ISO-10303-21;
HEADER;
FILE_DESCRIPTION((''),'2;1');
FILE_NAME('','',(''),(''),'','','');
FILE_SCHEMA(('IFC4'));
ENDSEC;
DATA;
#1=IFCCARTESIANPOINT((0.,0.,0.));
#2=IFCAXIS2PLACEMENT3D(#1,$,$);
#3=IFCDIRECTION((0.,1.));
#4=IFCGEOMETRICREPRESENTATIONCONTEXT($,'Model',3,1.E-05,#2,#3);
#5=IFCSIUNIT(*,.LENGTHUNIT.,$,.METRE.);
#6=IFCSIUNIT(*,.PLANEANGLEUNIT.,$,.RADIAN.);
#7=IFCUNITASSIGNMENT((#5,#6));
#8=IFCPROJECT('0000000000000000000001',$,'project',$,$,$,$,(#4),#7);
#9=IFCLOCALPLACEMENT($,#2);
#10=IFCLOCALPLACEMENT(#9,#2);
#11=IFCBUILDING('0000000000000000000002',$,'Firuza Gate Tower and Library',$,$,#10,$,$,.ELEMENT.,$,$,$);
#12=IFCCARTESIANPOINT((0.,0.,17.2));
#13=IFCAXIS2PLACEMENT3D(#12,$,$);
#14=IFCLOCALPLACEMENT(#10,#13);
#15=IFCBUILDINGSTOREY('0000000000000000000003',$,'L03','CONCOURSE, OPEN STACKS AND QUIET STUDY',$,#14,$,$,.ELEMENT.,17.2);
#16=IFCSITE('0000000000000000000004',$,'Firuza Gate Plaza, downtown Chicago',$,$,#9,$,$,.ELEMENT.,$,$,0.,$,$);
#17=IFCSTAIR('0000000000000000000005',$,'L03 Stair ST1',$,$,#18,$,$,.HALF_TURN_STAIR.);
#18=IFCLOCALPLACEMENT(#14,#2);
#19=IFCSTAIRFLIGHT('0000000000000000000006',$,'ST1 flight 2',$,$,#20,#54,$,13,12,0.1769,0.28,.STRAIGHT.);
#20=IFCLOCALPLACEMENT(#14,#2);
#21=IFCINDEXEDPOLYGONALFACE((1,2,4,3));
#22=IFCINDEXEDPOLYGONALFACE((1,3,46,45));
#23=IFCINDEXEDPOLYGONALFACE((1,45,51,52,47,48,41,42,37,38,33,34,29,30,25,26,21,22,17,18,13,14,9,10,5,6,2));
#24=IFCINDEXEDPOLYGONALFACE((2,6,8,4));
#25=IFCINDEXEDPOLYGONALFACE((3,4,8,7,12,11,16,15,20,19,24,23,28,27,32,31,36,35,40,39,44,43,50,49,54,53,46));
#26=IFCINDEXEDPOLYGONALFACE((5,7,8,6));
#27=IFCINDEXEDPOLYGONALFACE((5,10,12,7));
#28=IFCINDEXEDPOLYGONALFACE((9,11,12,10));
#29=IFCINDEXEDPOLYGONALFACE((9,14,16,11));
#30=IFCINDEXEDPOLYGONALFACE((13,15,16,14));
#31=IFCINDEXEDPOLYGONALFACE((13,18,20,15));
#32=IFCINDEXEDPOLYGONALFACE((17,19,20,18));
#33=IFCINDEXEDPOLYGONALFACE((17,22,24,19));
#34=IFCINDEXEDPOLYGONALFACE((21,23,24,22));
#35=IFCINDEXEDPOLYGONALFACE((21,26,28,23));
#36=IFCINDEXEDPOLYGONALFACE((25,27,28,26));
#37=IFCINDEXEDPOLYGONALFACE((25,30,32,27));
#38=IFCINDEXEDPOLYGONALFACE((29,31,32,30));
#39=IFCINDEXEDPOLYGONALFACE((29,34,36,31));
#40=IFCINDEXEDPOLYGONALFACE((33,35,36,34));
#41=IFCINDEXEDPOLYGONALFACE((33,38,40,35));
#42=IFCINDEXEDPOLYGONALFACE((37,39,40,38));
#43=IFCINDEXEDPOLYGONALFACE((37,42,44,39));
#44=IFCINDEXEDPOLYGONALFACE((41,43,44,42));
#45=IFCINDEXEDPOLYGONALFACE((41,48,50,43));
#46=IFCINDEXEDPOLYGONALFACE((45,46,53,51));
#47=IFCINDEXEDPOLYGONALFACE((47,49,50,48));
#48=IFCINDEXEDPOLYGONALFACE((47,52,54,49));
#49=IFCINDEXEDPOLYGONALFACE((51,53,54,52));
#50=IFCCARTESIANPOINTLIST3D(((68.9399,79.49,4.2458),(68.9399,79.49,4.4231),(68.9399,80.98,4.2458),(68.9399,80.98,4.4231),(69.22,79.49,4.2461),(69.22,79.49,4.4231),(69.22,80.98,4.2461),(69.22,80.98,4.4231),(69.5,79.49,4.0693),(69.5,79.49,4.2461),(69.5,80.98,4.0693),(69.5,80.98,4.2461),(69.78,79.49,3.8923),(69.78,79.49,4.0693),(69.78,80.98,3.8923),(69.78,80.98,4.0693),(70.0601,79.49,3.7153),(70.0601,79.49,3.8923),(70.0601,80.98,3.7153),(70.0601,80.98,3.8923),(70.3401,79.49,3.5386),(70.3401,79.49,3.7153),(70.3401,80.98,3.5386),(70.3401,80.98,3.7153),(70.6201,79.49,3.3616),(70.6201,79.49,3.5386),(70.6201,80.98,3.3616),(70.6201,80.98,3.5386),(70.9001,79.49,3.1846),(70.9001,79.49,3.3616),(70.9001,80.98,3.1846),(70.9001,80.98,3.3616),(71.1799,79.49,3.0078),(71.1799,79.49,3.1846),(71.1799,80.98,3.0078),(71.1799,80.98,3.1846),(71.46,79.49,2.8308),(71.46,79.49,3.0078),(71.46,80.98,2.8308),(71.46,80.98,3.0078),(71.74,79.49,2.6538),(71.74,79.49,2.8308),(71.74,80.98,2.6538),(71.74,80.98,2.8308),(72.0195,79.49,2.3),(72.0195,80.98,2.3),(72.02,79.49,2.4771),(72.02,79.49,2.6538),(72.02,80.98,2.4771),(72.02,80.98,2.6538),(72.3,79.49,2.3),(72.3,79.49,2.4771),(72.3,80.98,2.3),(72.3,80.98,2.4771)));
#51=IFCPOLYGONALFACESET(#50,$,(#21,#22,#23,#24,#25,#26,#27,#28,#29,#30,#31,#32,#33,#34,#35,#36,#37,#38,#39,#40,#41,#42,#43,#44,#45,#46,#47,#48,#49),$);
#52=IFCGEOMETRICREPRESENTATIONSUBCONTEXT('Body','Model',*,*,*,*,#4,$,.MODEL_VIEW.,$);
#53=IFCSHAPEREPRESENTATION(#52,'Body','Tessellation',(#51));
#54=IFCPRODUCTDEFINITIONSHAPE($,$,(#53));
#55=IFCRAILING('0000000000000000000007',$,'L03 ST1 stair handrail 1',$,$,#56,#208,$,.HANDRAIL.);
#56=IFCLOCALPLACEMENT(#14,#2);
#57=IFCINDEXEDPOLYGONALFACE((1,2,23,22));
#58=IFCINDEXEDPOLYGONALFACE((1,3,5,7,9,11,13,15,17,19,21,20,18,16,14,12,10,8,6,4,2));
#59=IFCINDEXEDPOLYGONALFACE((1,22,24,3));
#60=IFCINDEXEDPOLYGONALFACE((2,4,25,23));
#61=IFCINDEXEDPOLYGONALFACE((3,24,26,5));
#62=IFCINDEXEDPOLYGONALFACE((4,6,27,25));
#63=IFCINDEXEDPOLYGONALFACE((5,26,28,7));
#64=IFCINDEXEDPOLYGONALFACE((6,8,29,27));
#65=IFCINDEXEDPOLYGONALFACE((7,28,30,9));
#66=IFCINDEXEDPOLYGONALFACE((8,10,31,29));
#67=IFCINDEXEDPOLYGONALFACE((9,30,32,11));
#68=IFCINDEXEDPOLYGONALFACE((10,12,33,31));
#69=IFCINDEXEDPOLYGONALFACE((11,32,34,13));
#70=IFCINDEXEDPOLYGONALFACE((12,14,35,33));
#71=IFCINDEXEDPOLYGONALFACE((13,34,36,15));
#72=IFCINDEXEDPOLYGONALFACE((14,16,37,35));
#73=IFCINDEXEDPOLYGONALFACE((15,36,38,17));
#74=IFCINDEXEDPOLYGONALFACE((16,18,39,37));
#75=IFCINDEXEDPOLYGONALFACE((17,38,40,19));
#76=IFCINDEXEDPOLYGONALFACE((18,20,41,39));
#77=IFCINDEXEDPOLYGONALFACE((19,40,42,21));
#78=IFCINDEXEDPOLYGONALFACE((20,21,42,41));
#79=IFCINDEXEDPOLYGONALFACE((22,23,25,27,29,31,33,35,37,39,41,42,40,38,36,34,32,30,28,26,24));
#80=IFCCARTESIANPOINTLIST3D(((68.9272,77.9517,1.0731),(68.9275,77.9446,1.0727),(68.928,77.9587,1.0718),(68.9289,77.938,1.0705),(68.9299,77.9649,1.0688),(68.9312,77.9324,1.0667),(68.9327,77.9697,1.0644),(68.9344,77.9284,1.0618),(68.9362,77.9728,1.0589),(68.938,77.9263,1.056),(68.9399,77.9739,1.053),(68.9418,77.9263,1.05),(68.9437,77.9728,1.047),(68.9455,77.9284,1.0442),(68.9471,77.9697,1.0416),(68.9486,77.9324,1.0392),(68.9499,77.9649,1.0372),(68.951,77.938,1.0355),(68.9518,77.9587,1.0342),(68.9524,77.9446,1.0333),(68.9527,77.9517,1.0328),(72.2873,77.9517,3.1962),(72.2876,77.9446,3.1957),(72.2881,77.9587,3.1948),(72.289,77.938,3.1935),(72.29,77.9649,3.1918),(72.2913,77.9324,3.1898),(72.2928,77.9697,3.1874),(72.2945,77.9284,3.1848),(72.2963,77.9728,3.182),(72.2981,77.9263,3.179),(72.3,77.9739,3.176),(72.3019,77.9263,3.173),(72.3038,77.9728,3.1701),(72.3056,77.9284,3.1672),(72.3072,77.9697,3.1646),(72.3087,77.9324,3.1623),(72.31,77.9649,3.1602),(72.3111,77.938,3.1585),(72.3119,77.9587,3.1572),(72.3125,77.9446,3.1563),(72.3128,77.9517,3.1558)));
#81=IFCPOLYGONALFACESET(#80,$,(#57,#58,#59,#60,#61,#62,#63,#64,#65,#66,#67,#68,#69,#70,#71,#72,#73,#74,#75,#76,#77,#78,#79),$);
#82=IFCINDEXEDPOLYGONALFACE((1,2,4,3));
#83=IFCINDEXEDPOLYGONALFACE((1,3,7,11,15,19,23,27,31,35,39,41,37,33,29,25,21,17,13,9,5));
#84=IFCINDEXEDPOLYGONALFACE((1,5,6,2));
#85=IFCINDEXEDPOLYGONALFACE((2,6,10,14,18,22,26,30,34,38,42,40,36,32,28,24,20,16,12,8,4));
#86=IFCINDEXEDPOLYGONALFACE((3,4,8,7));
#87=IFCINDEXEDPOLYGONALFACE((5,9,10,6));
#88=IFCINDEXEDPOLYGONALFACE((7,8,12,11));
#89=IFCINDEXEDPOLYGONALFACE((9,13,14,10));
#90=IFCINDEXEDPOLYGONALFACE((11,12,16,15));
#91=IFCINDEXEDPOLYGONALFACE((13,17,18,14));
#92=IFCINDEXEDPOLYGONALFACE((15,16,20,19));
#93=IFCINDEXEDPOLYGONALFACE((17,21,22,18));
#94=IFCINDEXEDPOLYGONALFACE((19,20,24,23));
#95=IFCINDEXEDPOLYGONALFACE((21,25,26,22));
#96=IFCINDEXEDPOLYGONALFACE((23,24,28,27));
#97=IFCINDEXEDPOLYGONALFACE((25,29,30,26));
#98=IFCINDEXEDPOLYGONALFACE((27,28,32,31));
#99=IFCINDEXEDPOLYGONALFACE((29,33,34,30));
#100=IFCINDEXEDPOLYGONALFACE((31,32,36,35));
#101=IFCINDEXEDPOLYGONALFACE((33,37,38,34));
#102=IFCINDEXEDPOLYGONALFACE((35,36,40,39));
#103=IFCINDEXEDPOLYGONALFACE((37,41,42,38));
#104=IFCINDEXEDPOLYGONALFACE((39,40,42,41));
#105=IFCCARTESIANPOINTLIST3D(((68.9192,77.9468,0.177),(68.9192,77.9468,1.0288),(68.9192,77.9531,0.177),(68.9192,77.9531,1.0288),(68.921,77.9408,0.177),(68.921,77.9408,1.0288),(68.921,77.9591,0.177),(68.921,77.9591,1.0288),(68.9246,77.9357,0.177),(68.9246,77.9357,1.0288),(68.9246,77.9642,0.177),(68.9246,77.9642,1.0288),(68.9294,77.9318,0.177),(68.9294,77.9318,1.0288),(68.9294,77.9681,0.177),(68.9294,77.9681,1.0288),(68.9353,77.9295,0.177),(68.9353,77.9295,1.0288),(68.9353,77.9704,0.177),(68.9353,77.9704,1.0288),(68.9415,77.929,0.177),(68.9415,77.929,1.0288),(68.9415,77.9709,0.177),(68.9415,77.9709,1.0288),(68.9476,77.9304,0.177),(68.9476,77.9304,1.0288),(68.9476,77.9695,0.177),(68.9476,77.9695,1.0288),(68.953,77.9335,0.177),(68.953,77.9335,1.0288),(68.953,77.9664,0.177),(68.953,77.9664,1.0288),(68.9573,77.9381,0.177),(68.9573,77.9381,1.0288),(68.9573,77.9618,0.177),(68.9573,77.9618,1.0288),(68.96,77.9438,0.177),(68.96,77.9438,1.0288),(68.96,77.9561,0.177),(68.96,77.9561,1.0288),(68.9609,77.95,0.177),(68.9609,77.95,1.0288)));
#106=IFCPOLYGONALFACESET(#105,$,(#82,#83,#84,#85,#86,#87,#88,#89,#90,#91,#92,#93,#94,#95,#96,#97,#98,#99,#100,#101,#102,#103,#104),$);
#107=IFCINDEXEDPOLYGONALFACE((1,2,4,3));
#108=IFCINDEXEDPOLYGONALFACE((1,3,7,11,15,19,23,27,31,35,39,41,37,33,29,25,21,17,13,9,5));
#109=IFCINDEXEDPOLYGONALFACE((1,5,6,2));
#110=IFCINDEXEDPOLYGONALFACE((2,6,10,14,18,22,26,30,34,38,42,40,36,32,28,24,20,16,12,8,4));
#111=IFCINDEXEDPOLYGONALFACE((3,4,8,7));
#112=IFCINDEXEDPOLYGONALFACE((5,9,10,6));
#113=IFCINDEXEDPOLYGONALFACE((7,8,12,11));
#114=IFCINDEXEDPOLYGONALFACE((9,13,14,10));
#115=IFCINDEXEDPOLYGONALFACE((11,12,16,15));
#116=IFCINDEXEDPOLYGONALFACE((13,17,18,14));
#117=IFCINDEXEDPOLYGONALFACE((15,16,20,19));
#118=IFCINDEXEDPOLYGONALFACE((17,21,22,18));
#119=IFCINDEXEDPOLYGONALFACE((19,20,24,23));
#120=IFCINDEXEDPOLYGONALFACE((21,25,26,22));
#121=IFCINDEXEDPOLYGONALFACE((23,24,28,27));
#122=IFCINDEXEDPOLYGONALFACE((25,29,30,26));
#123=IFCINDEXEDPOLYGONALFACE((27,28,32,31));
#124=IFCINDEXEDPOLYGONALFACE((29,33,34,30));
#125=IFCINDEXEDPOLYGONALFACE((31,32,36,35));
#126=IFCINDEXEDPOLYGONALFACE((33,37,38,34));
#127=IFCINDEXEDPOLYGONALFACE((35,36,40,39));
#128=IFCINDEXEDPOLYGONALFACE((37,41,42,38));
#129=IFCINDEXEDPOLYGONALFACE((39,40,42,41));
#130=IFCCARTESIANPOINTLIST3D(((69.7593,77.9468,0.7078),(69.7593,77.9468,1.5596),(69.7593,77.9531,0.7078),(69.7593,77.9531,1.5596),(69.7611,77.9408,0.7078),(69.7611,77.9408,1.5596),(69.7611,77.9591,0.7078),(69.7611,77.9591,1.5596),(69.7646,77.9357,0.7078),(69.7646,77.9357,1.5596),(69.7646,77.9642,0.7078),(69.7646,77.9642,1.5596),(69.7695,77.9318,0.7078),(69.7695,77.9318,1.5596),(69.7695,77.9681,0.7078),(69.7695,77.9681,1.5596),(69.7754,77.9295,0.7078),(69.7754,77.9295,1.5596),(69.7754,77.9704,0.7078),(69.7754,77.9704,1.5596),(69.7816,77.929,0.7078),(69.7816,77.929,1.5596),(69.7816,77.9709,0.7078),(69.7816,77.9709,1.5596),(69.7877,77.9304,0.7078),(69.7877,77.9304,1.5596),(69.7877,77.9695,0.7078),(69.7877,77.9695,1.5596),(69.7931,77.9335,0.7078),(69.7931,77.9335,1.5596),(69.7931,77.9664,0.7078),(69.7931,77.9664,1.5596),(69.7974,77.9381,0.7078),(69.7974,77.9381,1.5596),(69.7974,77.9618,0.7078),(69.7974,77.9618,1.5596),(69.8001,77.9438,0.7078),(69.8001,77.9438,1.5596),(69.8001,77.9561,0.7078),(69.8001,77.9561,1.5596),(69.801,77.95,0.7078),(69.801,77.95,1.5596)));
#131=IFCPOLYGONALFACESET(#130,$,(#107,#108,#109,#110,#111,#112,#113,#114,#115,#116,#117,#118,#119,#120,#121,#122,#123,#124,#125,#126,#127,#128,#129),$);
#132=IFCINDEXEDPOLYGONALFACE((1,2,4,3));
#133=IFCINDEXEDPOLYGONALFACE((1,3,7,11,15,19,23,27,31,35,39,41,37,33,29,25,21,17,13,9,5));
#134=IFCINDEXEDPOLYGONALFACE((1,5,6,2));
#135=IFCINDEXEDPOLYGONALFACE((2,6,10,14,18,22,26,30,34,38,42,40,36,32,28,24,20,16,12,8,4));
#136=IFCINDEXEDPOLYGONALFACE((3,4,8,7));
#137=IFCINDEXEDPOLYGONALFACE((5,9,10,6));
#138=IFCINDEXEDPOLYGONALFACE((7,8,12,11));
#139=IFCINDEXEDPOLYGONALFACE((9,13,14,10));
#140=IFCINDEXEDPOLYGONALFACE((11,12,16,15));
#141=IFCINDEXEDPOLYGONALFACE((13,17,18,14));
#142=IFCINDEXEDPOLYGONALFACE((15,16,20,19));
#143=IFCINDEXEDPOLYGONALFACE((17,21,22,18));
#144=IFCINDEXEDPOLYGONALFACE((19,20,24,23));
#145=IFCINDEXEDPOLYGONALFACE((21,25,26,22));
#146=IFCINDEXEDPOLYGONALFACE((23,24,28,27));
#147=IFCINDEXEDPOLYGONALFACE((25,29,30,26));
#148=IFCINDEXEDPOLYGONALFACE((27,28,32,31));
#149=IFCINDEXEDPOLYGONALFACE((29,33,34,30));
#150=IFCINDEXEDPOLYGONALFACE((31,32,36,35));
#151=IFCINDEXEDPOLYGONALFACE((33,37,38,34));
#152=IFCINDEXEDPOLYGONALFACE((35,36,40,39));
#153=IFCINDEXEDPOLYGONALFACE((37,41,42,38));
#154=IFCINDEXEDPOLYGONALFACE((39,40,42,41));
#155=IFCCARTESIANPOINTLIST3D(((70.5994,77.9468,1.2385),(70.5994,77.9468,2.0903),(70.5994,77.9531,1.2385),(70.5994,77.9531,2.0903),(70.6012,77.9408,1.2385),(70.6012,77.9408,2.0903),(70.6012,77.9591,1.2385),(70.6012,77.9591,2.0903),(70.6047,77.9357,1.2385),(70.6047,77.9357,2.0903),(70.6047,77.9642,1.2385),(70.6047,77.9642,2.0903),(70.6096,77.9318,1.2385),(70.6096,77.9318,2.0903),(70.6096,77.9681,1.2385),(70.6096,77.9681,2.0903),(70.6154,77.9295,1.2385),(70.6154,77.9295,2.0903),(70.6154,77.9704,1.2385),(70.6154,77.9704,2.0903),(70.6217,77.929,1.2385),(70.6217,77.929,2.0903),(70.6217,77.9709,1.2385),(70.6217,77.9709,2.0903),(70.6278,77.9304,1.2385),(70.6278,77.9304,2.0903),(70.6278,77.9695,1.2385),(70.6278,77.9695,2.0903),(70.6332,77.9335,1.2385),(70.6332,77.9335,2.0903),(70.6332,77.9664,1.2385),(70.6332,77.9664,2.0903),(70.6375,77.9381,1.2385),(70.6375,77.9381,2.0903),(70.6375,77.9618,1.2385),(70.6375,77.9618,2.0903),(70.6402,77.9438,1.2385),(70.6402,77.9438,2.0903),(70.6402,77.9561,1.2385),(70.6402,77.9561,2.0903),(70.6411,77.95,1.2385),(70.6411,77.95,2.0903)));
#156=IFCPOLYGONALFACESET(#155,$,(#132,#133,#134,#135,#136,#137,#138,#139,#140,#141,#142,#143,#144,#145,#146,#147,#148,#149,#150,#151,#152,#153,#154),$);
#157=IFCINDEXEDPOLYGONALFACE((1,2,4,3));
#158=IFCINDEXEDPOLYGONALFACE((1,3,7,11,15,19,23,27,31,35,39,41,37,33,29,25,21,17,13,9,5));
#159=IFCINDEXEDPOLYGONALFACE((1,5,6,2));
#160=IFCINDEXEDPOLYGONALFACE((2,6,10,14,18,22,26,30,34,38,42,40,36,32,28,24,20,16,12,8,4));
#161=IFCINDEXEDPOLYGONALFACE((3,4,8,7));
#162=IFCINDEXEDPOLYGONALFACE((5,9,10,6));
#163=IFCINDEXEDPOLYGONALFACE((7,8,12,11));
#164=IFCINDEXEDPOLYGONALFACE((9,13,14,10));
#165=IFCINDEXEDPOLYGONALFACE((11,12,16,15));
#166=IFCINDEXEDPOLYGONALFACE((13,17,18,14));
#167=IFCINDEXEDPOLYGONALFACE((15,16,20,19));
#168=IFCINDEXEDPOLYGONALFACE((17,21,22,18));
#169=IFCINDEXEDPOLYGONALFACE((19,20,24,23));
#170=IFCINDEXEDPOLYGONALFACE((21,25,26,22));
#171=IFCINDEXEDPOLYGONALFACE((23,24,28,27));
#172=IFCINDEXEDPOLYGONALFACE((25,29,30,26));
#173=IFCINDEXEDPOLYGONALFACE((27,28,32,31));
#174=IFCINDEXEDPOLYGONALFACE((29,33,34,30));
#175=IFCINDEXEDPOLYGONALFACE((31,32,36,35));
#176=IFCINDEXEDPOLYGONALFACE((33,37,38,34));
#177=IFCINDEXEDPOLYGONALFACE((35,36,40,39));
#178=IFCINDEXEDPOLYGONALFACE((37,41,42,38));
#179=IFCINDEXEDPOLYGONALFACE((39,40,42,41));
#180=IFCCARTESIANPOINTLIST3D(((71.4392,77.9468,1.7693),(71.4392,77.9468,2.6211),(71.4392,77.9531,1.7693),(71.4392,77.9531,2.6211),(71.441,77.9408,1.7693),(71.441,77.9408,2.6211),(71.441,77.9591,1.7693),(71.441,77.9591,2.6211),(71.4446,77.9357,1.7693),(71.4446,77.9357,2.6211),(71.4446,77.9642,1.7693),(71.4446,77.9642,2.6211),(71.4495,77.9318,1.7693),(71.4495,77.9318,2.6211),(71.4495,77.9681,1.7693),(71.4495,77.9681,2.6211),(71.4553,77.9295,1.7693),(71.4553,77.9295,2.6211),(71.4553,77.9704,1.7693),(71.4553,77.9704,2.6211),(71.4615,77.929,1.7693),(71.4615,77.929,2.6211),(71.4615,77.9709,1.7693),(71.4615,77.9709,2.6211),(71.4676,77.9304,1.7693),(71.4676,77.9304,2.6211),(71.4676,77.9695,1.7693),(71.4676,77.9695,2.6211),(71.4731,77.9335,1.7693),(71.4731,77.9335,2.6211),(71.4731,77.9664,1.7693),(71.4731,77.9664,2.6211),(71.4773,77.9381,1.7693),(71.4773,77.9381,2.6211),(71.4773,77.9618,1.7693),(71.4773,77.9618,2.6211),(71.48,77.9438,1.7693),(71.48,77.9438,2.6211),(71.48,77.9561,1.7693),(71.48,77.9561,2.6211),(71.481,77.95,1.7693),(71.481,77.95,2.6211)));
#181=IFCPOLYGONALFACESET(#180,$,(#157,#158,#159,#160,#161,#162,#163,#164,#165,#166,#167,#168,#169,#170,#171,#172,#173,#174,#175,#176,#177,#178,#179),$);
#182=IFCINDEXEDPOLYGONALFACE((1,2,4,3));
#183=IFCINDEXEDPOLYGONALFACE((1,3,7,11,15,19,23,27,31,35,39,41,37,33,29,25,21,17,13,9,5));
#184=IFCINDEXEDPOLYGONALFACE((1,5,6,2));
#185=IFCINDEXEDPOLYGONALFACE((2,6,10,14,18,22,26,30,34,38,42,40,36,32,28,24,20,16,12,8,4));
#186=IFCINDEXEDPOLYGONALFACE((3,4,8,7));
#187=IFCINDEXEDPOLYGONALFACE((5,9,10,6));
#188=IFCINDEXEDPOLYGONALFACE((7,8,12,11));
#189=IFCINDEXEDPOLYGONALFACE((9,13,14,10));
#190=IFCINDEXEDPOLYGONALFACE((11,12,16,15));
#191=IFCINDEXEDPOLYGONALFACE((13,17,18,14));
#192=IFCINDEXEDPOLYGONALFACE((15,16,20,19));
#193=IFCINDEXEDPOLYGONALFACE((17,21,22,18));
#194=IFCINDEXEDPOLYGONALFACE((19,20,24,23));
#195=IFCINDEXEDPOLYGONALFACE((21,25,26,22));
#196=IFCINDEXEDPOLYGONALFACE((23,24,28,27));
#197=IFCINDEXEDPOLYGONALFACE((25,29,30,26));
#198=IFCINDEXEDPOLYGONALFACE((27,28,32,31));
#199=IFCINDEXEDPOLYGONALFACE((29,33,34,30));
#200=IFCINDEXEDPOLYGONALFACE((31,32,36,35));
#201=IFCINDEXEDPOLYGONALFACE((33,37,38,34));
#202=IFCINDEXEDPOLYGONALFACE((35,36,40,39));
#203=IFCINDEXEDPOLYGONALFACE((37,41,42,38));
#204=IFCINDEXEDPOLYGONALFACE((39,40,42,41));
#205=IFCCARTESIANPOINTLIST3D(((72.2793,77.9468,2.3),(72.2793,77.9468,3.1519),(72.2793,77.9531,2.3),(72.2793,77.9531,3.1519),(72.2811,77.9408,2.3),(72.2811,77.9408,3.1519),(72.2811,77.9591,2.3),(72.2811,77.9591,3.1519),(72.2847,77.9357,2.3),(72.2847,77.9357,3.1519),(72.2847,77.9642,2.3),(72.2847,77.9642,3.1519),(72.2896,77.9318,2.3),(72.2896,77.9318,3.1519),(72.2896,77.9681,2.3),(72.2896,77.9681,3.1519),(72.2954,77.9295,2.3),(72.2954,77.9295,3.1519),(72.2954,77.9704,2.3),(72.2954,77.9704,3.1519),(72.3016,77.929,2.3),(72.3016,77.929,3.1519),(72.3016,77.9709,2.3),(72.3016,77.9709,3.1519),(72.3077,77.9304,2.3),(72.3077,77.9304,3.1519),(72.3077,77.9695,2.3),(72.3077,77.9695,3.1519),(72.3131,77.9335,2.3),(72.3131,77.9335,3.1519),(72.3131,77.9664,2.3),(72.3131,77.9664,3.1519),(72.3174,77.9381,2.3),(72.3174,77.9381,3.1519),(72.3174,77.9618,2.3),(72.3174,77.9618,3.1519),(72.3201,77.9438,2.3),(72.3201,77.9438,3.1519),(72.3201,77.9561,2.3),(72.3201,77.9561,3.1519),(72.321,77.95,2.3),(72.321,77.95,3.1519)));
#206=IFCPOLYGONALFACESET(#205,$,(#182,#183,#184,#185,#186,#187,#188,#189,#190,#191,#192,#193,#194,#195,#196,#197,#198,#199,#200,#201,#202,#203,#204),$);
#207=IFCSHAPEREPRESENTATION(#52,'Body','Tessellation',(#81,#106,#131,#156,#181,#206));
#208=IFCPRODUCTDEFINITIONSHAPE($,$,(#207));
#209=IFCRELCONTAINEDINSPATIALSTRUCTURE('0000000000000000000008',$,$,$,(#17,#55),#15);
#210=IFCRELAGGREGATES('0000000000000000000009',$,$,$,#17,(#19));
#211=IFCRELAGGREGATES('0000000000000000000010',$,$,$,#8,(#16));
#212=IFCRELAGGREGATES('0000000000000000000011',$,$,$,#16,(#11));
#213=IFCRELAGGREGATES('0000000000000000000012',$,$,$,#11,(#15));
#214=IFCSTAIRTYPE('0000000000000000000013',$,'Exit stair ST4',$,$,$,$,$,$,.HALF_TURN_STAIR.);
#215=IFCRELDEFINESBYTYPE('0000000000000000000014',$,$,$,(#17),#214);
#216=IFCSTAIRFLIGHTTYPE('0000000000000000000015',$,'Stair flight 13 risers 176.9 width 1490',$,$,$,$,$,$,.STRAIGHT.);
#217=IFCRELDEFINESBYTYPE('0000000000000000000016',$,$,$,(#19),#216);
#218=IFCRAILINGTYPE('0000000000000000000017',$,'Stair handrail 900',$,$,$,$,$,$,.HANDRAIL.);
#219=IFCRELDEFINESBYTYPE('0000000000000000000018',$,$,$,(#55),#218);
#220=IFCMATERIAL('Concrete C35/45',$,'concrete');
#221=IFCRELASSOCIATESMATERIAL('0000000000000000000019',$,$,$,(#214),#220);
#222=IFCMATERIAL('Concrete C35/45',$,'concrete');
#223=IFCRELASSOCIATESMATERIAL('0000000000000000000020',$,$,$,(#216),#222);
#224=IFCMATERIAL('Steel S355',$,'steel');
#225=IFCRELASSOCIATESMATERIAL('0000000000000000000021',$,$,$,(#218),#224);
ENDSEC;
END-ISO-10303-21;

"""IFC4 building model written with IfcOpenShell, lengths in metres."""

from ifc_helpers import new_model, si_unit, direction, frame, origin, origin_2d, place, context, subcontext, project, spatial, polyline, circle, outline, extrude, material, type_object, element, aggregate, save


model = new_model("IFC4")

# Units and contexts
model_context = context("Model", 3, precision=1e-05, world=origin(), true_north=direction((0.0, 1.0)))
body_context = subcontext(model_context, "Body", "Model", "MODEL_VIEW")
ifc_project = project(units=[si_unit("LENGTHUNIT", "METRE"), si_unit("PLANEANGLEUNIT", "RADIAN")], contexts=[model_context])

# Site, building, storey
site_placement = place(None, origin())
site = spatial("IfcSite", under=ifc_project, at=site_placement, Name="Firuza Gate Plaza, downtown Chicago", CompositionType="ELEMENT", RefElevation=0.0)
building_placement = place(site_placement, origin())
building = spatial("IfcBuilding", under=site, at=building_placement, Name="Firuza Gate Tower and Library", CompositionType="ELEMENT")
storey_placement = place(building_placement, frame((0.0, 0.0, 17.2)))
storey = spatial("IfcBuildingStorey", under=building, at=storey_placement, Name="L03", Description="CONCOURSE, OPEN STACKS AND QUIET STUDY", CompositionType="ELEMENT", Elevation=17.2)

# Stair, stair flight
ifc_material_1 = material(Name="Concrete C35/45", Category="concrete")
stair_type = type_object("IfcStairType", Name="Exit stair ST4", PredefinedType="HALF_TURN_STAIR", material=ifc_material_1)
stair_placement = place(storey_placement, origin())
stair = element("IfcStair", 1, at=stair_placement, inside=storey, type_object=stair_type, Name="L03 Stair ST1", PredefinedType="HALF_TURN_STAIR")
ifc_material_2 = material(Name="Concrete C35/45", Category="concrete")
stair_flight_type = type_object("IfcStairFlightType", Name="Stair flight 13 risers 176.9 width 1490", PredefinedType="STRAIGHT", material=ifc_material_2)
stair_flight_1_placement = place(storey_placement, frame((72.3, 80.2351, 2.3), z_axis=(0.0, 0.0, 1.0), x_axis=(-1.0, 0.0, 0.0)))
stair_flight_1 = element("IfcStairFlight", 2, at=stair_flight_1_placement, type_object=stair_flight_type, Name="ST1 flight 2", NumberOfRisers=13, NumberOfTreads=12, PredefinedType="STRAIGHT", RiserHeight=0.1769, TreadLength=0.28, context=body_context, shape_type="SweptSolid", body=[
    extrude(outline(polyline([(0.0, 0.0), (0.0, 0.177), (0.28, 0.177), (0.28, 0.3538), (0.5601, 0.3538), (0.5601, 0.5308), (0.8401, 0.5308), (0.8401, 0.7078), (1.1201, 0.7078), (1.1201, 0.8845), (1.3999, 0.8845), (1.3999, 1.0615), (1.6799, 1.0615), (1.6799, 1.2385), (1.96, 1.2385), (1.96, 1.4153), (2.24, 1.4153), (2.24, 1.5923), (2.52, 1.5923), (2.52, 1.7693), (2.8, 1.7693), (2.8, 1.946), (3.0801, 1.946), (3.0801, 2.123), (3.3601, 2.123), (3.3601, 2.3), (3.3601, 1.9458), (0.2805, 0.0), (0.0, 0.0)])), frame((0.0, 0.7451, 0.0), z_axis=(0.0, -1.0, 0.0), x_axis=(1.0, 0.0, 0.0)), (0.0, 0.0, 1.0), 1.49),
])
aggregate(stair, [stair_flight_1])

# Railing
ifc_material_3 = material(Name="Steel S355", Category="steel")
railing_type_1 = type_object("IfcRailingType", Name="Stair handrail 900", PredefinedType="HANDRAIL", material=ifc_material_3)
railing_1_placement = place(storey_placement, frame((68.9399, 77.95, 0.177)))
element("IfcRailing", 3, at=railing_1_placement, inside=storey, type_object=railing_type_1, Name="L03 ST1 stair handrail 1", PredefinedType="HANDRAIL", context=body_context, shape_type="SweptSolid", body=[
    extrude(circle(Radius=0.0239, at=origin_2d()), frame((0.0, 0.0, 0.876), z_axis=(0.84539, 0.0, 0.53415), x_axis=(0.0, 1.0, 0.0)), (0.0, 0.0, 1.0), 3.9746),
    extrude(circle(Radius=0.021, at=origin_2d()), origin(), (0.0, 0.0, 1.0), 0.8518),
    extrude(circle(Radius=0.021, at=origin_2d()), frame((0.8401, 0.0, 0.5308)), (0.0, 0.0, 1.0), 0.8518),
    extrude(circle(Radius=0.021, at=origin_2d()), frame((1.6802, 0.0, 1.0615)), (0.0, 0.0, 1.0), 0.8518),
    extrude(circle(Radius=0.021, at=origin_2d()), frame((2.52, 0.0, 1.5923)), (0.0, 0.0, 1.0), 0.8518),
    extrude(circle(Radius=0.021, at=origin_2d()), frame((3.3601, 0.0, 2.123)), (0.0, 0.0, 1.0), 0.8518),
])

save(model, "model.ifc")
